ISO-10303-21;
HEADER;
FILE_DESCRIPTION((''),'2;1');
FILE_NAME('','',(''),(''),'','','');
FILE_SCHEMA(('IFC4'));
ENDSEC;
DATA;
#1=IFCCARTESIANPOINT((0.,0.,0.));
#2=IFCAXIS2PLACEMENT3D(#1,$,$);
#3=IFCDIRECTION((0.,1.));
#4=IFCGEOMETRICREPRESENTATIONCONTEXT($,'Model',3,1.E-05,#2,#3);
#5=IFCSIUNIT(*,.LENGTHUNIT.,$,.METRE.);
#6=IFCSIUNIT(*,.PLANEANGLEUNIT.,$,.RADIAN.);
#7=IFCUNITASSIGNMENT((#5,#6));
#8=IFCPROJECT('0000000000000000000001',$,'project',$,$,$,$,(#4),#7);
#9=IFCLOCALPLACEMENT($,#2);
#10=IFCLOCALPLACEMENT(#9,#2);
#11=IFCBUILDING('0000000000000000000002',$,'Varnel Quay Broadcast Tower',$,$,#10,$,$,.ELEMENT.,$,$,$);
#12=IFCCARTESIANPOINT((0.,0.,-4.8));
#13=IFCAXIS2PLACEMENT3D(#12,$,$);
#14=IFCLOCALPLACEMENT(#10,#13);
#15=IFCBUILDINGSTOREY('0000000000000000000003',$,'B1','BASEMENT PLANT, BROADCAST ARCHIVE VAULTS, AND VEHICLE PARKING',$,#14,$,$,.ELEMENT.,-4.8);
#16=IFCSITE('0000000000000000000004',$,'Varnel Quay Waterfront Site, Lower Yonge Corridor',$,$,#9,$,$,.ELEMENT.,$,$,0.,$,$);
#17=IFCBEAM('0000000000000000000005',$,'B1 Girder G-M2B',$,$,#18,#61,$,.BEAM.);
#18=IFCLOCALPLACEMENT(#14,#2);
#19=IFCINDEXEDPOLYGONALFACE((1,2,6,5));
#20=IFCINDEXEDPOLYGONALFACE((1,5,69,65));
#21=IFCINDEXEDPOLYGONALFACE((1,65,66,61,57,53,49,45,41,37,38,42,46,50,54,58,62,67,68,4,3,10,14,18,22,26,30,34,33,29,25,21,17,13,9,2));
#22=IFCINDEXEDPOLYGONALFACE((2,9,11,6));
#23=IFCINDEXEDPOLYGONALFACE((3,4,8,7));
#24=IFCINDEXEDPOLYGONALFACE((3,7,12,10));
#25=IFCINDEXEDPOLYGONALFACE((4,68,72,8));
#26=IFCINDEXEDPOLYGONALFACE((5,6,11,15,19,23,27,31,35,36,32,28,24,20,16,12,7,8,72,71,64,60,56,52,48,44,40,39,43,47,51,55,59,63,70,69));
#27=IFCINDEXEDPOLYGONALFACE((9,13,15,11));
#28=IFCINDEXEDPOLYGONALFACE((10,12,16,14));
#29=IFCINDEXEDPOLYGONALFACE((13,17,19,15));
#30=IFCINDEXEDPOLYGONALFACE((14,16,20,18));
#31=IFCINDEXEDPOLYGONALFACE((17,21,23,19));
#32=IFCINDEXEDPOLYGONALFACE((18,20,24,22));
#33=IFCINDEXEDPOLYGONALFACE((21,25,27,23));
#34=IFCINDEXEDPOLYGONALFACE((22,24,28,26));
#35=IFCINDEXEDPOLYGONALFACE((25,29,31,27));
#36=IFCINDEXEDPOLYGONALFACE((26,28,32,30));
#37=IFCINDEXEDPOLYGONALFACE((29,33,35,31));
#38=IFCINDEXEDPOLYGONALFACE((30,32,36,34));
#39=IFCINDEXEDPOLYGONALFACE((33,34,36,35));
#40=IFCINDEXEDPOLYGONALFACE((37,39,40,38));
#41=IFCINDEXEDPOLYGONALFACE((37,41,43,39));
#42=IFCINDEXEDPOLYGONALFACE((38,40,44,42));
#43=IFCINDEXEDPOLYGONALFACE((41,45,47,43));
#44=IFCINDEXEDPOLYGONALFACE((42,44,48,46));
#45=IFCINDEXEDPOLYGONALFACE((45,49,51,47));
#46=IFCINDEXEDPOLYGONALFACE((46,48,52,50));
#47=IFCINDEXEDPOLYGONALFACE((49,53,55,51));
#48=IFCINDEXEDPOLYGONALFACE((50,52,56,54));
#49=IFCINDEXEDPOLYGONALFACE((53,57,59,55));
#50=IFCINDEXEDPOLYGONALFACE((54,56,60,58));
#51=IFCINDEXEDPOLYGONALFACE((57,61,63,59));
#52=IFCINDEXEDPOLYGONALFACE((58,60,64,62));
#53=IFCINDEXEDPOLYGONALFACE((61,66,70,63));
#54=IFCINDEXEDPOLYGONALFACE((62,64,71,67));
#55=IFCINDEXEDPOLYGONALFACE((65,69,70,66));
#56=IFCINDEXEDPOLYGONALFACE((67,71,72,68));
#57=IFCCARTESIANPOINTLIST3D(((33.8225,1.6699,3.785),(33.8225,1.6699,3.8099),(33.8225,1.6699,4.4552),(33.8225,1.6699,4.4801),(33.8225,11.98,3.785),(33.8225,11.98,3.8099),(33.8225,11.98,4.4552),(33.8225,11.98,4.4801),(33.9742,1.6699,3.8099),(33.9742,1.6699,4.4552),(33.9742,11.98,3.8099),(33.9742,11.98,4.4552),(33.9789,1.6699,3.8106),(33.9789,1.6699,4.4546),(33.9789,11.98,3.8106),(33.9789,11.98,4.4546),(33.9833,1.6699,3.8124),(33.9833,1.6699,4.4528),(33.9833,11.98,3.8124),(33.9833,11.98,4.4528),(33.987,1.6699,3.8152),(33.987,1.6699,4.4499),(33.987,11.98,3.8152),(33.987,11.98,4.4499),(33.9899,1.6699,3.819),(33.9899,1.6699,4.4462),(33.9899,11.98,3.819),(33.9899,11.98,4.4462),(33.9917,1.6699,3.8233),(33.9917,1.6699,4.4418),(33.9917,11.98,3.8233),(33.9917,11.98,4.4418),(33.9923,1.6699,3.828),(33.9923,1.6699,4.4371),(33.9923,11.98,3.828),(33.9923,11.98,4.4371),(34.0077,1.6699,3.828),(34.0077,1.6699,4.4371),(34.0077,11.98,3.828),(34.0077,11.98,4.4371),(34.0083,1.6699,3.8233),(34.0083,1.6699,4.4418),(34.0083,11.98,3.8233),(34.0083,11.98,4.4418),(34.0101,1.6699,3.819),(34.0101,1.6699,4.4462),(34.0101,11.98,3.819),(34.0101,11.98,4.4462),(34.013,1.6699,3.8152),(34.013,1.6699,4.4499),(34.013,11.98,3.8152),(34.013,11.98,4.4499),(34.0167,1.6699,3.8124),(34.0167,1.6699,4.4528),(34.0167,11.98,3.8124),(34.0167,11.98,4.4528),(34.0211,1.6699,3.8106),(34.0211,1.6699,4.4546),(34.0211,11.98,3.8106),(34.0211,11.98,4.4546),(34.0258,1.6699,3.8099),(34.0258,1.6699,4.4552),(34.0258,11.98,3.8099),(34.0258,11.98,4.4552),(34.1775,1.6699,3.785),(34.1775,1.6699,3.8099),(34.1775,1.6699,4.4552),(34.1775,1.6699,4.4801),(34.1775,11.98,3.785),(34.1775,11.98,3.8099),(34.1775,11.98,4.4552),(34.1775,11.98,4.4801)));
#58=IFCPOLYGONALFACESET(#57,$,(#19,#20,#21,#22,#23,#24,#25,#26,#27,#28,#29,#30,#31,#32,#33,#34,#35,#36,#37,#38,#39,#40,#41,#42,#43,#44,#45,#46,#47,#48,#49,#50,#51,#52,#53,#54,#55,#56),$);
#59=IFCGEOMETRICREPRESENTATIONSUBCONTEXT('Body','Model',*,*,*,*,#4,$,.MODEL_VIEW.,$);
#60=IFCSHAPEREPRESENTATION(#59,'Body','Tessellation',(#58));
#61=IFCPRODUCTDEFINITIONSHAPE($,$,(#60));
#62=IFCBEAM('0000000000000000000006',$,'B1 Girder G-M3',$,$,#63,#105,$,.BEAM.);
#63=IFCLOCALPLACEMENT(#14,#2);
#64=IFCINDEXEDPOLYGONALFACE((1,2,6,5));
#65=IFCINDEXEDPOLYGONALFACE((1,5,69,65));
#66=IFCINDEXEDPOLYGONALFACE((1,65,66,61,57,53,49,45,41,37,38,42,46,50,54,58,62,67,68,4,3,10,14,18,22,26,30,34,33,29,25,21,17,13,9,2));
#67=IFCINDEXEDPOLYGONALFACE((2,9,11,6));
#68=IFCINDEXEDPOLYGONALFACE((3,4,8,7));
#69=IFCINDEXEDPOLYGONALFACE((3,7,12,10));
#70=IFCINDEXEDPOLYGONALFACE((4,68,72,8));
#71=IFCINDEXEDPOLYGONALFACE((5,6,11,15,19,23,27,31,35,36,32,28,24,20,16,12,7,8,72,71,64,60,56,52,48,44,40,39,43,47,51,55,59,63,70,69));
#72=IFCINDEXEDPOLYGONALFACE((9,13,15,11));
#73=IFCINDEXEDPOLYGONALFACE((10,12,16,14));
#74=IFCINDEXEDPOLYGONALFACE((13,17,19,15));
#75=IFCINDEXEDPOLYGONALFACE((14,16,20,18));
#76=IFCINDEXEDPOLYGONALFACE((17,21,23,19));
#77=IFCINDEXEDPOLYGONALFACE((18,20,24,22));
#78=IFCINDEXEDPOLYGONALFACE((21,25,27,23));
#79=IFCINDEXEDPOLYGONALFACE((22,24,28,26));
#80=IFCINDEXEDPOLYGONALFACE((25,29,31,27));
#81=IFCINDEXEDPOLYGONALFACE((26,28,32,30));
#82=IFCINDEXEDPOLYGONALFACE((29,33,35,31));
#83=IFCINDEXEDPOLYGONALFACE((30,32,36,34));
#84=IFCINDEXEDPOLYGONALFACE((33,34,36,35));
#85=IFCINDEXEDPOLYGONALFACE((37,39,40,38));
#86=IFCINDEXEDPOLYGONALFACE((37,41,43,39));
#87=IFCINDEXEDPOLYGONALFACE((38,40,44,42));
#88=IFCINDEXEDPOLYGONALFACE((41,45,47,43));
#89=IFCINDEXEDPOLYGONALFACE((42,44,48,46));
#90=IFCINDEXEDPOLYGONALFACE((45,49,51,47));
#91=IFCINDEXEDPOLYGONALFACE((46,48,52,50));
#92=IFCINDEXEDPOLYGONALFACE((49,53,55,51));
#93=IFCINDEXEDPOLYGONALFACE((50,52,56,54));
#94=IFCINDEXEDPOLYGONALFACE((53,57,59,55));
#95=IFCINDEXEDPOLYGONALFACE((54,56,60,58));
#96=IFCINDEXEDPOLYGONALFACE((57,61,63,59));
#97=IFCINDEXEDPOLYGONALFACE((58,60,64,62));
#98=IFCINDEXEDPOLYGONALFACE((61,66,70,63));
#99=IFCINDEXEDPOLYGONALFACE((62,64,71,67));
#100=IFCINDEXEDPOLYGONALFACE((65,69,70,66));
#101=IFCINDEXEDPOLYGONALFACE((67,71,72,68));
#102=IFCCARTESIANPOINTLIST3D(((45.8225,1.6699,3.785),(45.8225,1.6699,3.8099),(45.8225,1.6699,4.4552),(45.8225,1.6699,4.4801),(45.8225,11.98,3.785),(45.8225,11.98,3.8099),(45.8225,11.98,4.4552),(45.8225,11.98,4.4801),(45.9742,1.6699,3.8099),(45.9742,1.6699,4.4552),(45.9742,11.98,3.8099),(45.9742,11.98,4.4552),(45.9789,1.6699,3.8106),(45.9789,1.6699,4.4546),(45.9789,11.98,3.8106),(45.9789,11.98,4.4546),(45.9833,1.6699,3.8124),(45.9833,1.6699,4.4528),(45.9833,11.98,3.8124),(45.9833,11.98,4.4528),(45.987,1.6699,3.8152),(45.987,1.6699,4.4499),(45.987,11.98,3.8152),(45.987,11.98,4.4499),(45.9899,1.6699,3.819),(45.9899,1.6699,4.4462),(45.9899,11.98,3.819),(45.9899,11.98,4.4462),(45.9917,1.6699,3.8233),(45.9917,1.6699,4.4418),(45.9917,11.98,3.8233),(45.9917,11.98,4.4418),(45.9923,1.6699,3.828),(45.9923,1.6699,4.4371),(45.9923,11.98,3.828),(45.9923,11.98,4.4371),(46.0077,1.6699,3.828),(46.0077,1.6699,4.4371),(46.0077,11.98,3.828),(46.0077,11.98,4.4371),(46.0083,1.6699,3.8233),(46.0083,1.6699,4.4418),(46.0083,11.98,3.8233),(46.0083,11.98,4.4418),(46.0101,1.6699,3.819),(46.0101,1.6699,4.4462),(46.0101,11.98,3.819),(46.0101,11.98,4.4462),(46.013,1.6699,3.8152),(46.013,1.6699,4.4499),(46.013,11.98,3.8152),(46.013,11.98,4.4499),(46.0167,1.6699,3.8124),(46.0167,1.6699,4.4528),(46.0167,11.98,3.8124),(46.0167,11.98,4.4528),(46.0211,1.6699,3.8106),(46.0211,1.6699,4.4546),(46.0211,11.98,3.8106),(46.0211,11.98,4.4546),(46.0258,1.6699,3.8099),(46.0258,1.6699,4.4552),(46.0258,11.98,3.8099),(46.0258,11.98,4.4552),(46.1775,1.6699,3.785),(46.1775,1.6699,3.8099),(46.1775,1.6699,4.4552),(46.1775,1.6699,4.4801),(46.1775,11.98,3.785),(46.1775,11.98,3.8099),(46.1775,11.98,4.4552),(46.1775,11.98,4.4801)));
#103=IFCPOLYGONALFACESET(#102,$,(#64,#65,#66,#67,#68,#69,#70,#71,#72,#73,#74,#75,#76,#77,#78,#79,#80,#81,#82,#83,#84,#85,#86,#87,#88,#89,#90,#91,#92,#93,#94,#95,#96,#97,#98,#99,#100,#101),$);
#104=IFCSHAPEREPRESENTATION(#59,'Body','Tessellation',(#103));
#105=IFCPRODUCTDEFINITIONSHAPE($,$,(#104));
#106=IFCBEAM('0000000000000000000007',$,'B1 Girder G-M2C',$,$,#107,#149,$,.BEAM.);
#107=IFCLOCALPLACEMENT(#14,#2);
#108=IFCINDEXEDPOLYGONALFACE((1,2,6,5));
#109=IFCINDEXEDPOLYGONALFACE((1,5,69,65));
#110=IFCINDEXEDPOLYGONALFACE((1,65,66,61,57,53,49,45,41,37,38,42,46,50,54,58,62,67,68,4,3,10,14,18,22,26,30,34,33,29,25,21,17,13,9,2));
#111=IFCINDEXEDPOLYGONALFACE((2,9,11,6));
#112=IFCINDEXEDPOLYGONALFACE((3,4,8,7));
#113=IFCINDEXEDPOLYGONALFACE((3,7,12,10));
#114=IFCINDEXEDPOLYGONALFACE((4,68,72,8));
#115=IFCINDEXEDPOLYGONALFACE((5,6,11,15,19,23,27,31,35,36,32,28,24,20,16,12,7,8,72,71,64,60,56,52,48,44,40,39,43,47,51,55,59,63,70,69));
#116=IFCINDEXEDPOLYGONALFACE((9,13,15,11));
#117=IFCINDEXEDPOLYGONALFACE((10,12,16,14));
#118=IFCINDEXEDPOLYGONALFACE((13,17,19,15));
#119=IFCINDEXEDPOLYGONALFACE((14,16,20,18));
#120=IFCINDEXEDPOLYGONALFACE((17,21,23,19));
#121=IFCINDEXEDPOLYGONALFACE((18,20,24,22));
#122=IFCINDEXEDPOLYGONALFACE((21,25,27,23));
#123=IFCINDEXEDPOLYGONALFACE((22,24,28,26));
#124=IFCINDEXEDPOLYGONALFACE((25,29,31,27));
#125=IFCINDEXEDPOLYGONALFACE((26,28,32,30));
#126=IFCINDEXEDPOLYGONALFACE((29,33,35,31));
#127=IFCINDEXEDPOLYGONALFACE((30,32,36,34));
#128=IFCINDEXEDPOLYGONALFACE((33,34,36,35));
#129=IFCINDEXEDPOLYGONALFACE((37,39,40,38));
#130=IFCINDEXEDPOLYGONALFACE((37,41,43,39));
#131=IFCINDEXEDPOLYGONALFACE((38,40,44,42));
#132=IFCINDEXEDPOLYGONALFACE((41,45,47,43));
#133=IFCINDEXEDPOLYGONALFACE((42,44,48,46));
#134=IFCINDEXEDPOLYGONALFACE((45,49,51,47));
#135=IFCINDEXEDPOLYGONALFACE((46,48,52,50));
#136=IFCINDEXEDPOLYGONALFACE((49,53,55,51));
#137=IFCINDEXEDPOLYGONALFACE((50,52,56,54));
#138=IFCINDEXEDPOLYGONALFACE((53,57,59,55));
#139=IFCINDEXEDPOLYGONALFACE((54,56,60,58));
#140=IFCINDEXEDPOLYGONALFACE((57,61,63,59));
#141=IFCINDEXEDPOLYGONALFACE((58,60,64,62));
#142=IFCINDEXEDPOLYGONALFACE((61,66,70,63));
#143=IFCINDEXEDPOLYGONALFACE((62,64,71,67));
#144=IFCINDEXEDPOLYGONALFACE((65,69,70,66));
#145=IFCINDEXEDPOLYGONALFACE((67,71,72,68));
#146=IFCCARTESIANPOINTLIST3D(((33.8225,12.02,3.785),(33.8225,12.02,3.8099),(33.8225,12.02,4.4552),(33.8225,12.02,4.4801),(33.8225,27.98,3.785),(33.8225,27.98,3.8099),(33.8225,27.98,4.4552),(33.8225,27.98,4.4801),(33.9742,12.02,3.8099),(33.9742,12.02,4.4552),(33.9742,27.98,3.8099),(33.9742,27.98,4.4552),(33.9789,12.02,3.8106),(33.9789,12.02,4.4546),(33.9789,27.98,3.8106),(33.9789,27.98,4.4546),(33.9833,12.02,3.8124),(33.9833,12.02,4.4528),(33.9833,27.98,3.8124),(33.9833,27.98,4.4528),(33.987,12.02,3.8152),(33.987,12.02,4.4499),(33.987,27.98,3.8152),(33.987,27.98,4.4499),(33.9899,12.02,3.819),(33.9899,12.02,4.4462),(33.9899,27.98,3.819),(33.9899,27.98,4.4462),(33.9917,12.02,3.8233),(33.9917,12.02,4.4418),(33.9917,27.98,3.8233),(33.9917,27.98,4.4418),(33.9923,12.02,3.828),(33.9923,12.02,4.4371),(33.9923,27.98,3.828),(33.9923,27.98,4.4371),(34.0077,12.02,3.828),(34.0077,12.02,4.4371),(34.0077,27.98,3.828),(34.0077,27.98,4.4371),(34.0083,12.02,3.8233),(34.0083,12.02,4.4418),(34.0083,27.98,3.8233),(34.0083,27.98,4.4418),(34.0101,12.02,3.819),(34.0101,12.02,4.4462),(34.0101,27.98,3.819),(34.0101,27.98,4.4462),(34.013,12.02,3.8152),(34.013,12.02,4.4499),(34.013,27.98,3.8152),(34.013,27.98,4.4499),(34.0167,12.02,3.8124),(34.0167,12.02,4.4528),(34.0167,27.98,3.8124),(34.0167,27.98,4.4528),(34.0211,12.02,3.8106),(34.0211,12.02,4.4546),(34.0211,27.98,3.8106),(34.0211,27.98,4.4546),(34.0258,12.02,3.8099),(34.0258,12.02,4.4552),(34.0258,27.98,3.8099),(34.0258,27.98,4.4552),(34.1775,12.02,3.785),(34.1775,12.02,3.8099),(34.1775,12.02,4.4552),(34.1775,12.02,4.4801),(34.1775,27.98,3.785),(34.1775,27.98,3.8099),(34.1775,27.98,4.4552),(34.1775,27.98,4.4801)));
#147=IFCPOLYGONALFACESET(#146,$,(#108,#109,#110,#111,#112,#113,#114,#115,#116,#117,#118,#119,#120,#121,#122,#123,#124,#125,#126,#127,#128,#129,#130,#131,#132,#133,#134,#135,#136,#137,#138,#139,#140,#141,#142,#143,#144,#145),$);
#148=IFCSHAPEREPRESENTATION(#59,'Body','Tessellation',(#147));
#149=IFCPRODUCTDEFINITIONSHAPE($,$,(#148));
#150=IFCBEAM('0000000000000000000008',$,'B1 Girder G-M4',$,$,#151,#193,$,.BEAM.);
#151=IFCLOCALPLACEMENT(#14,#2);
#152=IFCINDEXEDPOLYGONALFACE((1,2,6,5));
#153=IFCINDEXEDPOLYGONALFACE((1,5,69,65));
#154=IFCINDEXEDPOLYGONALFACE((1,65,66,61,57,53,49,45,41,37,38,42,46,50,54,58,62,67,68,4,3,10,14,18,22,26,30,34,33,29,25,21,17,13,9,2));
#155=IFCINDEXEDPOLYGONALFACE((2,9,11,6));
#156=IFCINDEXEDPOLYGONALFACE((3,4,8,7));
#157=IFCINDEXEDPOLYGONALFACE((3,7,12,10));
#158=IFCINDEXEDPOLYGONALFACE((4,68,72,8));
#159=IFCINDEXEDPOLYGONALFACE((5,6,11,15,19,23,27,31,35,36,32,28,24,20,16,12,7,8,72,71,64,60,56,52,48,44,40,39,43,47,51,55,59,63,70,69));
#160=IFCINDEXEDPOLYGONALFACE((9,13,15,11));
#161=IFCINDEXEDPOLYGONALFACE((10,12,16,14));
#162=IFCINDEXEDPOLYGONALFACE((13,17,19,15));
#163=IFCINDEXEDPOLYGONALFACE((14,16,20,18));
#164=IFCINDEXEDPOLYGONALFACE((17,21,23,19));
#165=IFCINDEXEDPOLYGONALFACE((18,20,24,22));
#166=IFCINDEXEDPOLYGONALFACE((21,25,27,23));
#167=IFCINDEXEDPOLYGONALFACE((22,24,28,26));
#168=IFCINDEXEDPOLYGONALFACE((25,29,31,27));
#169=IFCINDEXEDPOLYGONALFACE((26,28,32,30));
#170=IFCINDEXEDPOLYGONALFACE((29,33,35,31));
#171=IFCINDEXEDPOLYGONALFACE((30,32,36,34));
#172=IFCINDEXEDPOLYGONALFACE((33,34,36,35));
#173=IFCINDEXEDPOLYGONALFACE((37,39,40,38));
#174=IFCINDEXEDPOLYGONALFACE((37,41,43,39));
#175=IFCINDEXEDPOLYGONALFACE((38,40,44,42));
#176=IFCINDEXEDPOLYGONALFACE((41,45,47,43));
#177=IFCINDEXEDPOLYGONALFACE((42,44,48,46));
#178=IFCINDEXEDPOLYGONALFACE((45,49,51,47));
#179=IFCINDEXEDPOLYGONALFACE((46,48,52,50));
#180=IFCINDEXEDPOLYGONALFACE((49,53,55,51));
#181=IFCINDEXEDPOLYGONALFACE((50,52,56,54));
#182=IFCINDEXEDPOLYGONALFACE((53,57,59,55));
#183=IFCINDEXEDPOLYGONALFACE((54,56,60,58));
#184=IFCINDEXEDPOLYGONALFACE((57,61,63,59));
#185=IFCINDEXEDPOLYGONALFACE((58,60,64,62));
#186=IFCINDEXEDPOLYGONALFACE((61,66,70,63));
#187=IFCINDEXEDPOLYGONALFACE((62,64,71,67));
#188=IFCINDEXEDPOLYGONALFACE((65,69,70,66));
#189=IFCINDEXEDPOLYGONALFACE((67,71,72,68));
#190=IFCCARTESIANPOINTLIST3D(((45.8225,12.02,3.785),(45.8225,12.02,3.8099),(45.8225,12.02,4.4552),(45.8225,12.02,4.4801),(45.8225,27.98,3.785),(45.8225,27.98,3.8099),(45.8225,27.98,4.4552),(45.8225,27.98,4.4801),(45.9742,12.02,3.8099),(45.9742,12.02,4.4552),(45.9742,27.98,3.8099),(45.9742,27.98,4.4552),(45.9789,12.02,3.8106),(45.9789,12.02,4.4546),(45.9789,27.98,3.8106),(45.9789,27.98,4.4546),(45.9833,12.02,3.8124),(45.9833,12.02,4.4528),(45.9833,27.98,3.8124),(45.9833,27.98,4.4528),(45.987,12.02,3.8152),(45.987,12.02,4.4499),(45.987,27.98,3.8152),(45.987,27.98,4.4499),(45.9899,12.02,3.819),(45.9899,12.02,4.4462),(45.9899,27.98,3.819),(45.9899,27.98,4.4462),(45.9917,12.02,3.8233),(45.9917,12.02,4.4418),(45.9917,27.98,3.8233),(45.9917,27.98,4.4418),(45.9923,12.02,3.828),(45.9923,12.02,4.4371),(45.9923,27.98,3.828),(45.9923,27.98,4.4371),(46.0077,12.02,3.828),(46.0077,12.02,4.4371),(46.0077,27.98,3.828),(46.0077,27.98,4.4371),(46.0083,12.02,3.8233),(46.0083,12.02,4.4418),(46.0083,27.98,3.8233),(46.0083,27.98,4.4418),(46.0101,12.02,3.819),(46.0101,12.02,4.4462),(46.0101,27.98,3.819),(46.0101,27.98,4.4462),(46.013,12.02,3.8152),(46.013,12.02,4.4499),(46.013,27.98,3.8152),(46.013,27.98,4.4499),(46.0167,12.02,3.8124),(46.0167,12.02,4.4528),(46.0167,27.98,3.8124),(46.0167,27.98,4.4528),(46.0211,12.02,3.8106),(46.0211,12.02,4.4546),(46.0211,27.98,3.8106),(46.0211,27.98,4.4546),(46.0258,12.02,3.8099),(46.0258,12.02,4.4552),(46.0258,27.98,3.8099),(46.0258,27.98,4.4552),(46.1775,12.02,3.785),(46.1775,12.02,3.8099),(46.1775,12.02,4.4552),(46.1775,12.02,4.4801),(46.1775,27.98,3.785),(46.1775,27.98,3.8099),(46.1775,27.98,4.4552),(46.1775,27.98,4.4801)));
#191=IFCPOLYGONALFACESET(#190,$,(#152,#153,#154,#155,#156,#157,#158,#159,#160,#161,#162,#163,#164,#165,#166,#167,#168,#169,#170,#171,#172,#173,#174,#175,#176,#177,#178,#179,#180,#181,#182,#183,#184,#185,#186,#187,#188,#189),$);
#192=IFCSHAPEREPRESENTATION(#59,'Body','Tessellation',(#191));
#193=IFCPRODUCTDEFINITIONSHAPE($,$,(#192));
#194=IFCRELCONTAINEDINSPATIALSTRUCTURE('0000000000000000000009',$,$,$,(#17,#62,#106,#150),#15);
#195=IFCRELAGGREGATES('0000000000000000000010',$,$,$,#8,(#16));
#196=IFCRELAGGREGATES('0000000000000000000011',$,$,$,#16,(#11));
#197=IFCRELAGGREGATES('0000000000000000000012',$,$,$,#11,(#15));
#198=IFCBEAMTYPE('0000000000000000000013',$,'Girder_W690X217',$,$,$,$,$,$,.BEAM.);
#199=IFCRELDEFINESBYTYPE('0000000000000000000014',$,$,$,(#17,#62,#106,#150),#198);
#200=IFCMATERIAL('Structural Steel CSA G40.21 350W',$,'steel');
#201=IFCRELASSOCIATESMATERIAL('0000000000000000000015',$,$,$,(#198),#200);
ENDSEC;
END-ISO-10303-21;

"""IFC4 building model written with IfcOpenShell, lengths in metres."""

from ifc_helpers import new_model, si_unit, direction, frame, origin, origin_2d, place, context, subcontext, project, spatial, i_section, extrude, source, transform, mapped, material, material_profile, profile_set, type_object, element, save


model = new_model("IFC4")

# Units and contexts
model_context = context("Model", 3, precision=1e-05, world=origin(), true_north=direction((0.0, 1.0)))
body_context = subcontext(model_context, "Body", "Model", "MODEL_VIEW")
ifc_project = project(units=[si_unit("LENGTHUNIT", "METRE"), si_unit("PLANEANGLEUNIT", "RADIAN")], contexts=[model_context])

# Site, building, storey
site_placement = place(None, origin())
site = spatial("IfcSite", under=ifc_project, at=site_placement, Name="Varnel Quay Waterfront Site, Lower Yonge Corridor", CompositionType="ELEMENT", RefElevation=0.0)
building_placement = place(site_placement, origin())
building = spatial("IfcBuilding", under=site, at=building_placement, Name="Varnel Quay Broadcast Tower", CompositionType="ELEMENT")
storey_placement = place(building_placement, frame((0.0, 0.0, -4.8)))
storey = spatial("IfcBuildingStorey", under=building, at=storey_placement, Name="B1", Description="BASEMENT PLANT, BROADCAST ARCHIVE VAULTS, AND VEHICLE PARKING", CompositionType="ELEMENT", Elevation=-4.8)

# Beams
ifc_material_1 = material(Name="Structural Steel CSA G40.21 350W", Category="steel")
ifc_material_profile_1 = material_profile(ifc_material_1, i_section(OverallWidth=0.355, OverallDepth=0.6951, WebThickness=0.0154, FlangeThickness=0.0249, FilletRadius=0.0181, at=origin_2d()), Name="W690X217")
ifc_profile_set_1 = profile_set([ifc_material_profile_1], Name="Structural Steel CSA G40.21 350W")
beam_type_1 = type_object("IfcBeamType", Name="Girder_W690X217", PredefinedType="BEAM", material=ifc_profile_set_1)
shared_shape_1 = source(origin(), body_context, "Body", "SweptSolid", [
    extrude(i_section(OverallWidth=0.355, OverallDepth=0.6951, WebThickness=0.0154, FlangeThickness=0.0249, FilletRadius=0.0181, at=origin_2d()), origin(), (0.0, 0.0, 1.0), 10.3101),
])
for number, where, z_axis, x_axis, name in (
    (1, (34.0, 1.6699, 4.1326), (0.0, 1.0, 0.0), (-1.0, 0.0, 0.0), "B1 Girder G-M2B"),
    (2, (46.0, 1.6699, 4.1326), (0.0, 1.0, 0.0), (-1.0, 0.0, 0.0), "B1 Girder G-M3"),
):
    element("IfcBeam", number, at=place(storey_placement, frame(where, z_axis=z_axis, x_axis=x_axis)), inside=storey, type_object=beam_type_1, Name=name, PredefinedType="BEAM", context=body_context, shape_type="MappedRepresentation", body=[
        mapped(shared_shape_1, transform((0.0, 0.0, 0.0), x_axis=(1.0, 0.0, 0.0), y_axis=(0.0, 1.0, 0.0), z_axis=(0.0, 0.0, 1.0), scale=1.0)),
    ])
shared_shape_2 = source(origin(), body_context, "Body", "SweptSolid", [
    extrude(i_section(OverallWidth=0.355, OverallDepth=0.6951, WebThickness=0.0154, FlangeThickness=0.0249, FilletRadius=0.0181, at=origin_2d()), origin(), (0.0, 0.0, 1.0), 15.96),
])
for number, where, z_axis, x_axis, name in (
    (3, (34.0, 12.02, 4.1326), (0.0, 1.0, 0.0), (-1.0, 0.0, 0.0), "B1 Girder G-M2C"),
    (4, (46.0, 12.02, 4.1326), (0.0, 1.0, 0.0), (-1.0, 0.0, 0.0), "B1 Girder G-M4"),
):
    element("IfcBeam", number, at=place(storey_placement, frame(where, z_axis=z_axis, x_axis=x_axis)), inside=storey, type_object=beam_type_1, Name=name, PredefinedType="BEAM", context=body_context, shape_type="MappedRepresentation", body=[
        mapped(shared_shape_2, transform((0.0, 0.0, 0.0), x_axis=(1.0, 0.0, 0.0), y_axis=(0.0, 1.0, 0.0), z_axis=(0.0, 0.0, 1.0), scale=1.0)),
    ])

save(model, "model.ifc")
